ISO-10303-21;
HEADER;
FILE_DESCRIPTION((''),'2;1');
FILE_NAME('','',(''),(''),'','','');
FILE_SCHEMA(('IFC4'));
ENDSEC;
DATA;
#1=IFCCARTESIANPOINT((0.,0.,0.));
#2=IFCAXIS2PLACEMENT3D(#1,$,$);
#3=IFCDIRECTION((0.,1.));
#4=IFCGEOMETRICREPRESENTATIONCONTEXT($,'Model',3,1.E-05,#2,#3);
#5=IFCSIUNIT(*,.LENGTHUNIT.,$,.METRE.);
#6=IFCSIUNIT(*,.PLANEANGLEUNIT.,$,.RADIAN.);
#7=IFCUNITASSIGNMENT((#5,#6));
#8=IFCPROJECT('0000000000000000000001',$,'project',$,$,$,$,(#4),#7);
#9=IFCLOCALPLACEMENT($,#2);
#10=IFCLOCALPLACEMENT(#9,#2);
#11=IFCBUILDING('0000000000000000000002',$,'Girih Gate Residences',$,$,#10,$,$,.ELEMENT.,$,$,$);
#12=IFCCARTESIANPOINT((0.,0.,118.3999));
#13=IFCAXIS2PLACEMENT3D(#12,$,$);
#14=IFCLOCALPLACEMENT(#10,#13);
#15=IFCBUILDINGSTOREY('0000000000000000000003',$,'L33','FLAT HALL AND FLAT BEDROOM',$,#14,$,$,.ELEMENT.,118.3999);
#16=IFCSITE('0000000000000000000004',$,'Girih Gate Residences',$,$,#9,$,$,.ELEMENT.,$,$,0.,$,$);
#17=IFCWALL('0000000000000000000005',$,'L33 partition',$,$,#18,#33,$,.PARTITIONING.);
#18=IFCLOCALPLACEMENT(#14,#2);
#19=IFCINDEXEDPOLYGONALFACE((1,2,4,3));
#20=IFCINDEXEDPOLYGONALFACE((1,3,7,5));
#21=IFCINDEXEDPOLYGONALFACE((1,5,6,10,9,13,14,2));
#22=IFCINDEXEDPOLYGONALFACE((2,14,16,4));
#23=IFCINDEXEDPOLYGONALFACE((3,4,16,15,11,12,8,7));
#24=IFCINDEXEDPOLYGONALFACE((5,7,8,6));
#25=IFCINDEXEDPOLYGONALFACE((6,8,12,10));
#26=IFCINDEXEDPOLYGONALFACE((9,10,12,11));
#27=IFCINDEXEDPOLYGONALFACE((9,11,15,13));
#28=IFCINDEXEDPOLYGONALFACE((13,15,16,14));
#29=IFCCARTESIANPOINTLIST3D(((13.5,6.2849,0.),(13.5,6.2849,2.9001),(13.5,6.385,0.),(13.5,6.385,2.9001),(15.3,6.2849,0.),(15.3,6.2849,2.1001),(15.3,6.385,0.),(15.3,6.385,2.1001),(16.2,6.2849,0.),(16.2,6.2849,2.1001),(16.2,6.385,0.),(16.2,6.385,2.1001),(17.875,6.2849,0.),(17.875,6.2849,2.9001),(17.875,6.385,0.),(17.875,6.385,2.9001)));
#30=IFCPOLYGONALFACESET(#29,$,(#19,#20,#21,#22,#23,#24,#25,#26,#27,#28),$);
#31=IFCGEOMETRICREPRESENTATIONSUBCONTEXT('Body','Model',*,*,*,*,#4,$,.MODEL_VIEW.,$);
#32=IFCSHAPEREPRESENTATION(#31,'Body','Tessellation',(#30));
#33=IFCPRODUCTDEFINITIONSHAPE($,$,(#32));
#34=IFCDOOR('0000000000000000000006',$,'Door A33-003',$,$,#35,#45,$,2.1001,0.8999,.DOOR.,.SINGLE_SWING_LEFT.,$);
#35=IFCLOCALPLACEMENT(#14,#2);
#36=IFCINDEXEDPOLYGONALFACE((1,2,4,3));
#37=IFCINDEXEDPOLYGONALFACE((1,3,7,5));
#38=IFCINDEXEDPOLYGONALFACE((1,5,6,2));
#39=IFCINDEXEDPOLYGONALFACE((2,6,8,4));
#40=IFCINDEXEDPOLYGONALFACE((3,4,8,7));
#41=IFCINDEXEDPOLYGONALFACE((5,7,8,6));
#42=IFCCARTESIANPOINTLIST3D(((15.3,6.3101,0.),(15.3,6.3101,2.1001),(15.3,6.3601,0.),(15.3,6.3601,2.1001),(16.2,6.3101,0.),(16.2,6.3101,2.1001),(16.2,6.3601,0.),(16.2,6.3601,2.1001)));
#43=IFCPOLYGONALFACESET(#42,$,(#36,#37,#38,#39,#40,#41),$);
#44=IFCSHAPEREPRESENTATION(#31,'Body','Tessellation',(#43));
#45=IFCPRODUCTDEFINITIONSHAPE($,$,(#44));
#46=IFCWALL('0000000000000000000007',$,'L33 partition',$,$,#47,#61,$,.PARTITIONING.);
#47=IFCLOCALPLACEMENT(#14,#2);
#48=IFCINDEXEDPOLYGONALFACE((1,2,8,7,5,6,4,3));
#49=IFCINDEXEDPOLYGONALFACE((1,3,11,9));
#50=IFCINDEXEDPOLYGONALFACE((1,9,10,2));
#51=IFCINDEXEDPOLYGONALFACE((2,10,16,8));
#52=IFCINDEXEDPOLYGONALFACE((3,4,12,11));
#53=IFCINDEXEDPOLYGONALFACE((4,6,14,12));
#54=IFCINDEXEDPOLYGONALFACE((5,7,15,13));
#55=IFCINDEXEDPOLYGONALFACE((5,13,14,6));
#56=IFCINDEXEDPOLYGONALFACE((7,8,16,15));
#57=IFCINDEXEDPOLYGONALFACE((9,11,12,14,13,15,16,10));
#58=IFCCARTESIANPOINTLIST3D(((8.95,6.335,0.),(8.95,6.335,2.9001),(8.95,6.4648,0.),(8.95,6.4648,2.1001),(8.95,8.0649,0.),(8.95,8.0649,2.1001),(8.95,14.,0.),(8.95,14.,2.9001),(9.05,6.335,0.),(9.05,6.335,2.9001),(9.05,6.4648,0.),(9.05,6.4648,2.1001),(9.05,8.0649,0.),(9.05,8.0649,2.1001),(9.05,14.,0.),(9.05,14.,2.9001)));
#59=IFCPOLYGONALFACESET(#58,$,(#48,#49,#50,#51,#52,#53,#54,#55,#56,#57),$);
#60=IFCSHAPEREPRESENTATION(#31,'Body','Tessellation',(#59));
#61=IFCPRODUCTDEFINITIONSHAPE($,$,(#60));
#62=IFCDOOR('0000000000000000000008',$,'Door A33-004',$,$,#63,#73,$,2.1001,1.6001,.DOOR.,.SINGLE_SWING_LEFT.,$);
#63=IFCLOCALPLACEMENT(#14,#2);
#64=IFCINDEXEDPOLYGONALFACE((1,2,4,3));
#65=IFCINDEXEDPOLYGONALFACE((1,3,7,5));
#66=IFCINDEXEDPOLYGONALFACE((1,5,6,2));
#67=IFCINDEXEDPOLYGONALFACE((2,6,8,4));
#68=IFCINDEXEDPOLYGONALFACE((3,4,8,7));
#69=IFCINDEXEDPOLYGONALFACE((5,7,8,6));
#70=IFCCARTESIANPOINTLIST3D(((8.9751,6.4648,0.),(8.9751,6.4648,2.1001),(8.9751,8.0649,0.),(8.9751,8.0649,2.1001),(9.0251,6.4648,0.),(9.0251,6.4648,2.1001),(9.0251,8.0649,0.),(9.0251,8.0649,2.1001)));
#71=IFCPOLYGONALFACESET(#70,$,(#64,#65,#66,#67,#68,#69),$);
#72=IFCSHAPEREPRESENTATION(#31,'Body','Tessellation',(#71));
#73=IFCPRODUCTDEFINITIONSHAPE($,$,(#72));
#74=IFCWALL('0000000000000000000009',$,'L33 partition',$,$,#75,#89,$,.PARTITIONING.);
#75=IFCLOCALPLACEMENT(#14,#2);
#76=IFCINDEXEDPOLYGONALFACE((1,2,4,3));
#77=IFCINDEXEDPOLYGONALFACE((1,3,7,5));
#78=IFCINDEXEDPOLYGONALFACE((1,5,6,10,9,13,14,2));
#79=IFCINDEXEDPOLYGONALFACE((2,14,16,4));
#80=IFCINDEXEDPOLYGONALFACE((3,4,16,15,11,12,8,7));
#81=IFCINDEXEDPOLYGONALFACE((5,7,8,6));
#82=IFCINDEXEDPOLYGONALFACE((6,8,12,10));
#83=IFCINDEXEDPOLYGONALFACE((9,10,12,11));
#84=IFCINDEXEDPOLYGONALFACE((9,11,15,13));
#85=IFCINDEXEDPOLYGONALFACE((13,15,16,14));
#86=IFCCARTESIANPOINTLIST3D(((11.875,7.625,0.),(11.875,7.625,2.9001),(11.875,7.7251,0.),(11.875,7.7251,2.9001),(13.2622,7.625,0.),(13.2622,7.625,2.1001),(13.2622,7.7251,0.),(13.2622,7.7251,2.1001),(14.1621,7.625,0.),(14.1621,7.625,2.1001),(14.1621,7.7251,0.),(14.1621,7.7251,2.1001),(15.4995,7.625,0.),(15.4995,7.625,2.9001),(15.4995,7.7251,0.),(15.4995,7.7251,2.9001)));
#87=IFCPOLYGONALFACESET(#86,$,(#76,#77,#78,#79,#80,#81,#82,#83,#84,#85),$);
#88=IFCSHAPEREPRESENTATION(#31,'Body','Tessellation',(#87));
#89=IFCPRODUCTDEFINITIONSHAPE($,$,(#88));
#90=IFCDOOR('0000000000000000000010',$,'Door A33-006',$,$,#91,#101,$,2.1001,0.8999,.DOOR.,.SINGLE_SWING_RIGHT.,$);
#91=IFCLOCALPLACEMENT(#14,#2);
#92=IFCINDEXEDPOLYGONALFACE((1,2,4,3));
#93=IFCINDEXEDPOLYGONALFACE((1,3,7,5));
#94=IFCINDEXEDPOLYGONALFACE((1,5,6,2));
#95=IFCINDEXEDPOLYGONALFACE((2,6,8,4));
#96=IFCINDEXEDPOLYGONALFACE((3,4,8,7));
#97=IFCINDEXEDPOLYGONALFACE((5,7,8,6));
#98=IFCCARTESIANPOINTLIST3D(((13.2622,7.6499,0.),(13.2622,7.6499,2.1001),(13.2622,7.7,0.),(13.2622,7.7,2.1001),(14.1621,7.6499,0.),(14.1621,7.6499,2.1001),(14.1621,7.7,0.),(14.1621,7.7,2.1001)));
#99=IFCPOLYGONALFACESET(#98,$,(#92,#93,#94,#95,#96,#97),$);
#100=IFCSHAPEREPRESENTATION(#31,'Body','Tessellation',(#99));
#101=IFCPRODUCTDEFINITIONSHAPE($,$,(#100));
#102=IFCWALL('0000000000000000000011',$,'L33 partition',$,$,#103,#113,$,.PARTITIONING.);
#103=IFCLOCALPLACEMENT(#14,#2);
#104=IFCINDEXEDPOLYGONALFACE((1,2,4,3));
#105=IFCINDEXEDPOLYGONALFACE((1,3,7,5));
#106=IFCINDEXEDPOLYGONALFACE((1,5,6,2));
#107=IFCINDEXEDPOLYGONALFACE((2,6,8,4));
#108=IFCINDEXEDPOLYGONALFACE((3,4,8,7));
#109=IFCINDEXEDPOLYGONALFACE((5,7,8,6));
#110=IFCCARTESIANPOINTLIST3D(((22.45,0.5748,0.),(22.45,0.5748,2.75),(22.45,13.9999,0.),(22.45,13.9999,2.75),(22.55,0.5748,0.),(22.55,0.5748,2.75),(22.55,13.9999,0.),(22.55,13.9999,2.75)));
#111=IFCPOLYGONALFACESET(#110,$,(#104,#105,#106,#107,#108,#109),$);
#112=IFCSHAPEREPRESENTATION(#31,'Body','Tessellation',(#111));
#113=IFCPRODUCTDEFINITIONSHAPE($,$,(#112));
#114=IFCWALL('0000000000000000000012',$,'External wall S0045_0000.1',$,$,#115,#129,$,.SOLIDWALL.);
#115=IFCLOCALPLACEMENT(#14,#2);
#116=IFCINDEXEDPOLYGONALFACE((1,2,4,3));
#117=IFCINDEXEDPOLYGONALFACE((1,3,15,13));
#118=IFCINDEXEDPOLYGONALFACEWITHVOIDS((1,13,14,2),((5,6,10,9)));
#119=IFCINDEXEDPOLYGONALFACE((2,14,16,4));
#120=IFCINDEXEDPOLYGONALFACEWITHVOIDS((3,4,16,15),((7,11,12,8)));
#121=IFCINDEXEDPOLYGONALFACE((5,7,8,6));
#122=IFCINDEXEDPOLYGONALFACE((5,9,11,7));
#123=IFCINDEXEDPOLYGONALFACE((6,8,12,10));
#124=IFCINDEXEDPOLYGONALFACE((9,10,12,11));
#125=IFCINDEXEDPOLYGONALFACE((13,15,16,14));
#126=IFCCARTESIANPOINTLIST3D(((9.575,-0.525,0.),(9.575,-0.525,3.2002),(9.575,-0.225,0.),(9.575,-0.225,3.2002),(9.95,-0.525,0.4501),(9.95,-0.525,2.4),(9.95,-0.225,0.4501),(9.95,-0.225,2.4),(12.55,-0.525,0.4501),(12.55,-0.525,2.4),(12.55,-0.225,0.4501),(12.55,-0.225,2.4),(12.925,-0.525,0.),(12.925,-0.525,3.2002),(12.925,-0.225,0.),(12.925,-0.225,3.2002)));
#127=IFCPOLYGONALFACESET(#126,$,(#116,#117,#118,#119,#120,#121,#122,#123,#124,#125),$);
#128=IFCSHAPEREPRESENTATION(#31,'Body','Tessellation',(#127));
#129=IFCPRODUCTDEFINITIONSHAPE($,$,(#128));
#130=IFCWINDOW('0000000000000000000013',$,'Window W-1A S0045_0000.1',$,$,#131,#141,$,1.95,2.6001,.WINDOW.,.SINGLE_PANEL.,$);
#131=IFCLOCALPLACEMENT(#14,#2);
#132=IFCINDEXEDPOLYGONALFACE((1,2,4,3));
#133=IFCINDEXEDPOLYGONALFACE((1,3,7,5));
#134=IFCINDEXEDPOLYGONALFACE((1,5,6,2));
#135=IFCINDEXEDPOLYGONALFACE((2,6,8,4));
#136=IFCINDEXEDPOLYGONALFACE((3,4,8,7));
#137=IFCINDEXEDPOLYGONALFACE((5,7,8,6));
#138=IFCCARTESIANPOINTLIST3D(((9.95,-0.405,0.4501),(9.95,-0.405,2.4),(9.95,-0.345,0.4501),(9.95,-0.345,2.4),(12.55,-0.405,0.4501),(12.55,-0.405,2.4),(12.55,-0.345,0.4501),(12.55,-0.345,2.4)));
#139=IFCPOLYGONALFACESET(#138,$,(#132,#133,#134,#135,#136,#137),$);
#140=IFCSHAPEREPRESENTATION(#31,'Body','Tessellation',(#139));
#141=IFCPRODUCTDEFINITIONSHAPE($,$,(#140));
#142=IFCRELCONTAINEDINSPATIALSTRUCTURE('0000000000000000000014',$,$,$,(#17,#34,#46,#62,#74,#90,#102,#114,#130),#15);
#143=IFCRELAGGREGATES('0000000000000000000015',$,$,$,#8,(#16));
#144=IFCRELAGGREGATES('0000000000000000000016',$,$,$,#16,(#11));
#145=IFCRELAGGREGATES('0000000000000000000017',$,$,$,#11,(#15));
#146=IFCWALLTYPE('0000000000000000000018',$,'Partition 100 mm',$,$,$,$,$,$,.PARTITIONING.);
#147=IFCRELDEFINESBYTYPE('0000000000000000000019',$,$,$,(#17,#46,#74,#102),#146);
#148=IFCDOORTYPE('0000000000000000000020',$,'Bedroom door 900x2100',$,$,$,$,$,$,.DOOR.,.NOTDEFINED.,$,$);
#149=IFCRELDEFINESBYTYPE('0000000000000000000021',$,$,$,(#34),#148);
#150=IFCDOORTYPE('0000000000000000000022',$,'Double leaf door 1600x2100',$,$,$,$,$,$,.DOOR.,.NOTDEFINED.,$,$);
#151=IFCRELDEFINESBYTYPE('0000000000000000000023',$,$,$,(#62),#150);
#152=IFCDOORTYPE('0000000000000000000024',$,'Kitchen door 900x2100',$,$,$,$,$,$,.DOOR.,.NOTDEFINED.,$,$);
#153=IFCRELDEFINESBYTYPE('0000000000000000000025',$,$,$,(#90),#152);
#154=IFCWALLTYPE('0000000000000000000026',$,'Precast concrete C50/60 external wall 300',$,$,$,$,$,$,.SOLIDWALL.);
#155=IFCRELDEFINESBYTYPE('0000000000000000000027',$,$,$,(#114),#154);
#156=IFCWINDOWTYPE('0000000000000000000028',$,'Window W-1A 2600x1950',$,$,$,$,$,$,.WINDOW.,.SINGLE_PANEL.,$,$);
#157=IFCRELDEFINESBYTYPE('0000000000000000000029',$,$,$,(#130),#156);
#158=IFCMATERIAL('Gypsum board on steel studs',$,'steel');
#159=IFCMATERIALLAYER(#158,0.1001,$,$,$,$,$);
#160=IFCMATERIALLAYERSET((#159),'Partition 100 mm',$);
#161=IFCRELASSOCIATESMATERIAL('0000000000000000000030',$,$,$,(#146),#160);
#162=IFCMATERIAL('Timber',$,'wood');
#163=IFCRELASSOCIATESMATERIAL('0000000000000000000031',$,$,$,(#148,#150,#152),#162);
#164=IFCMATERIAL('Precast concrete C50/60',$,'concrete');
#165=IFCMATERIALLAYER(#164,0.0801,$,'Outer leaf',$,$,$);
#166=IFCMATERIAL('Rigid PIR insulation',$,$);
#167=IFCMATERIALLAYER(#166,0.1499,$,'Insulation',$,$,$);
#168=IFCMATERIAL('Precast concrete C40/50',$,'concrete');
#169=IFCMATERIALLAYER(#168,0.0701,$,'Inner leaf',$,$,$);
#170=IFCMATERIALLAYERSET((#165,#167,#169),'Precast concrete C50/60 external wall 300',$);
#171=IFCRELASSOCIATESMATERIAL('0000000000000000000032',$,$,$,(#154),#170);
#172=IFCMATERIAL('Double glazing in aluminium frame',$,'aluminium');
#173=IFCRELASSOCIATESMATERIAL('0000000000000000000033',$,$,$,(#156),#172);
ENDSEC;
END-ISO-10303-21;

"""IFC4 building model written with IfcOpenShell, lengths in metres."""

from ifc_helpers import new_model, si_unit, direction, frame, frame_2d, origin, place, context, subcontext, project, spatial, rectangle, extrude, material, layer, layer_set, type_object, element, fill, save


model = new_model("IFC4")

# Units and contexts
model_context = context("Model", 3, precision=1e-05, world=origin(), true_north=direction((0.0, 1.0)))
body_context = subcontext(model_context, "Body", "Model", "MODEL_VIEW")
ifc_project = project(units=[si_unit("LENGTHUNIT", "METRE"), si_unit("PLANEANGLEUNIT", "RADIAN")], contexts=[model_context])

# Site, building, storey
site_placement = place(None, origin())
site = spatial("IfcSite", under=ifc_project, at=site_placement, Name="Girih Gate Residences", CompositionType="ELEMENT", RefElevation=0.0)
building_placement = place(site_placement, origin())
building = spatial("IfcBuilding", under=site, at=building_placement, Name="Girih Gate Residences", CompositionType="ELEMENT")
storey_placement = place(building_placement, frame((0.0, 0.0, 118.3999)))
storey = spatial("IfcBuildingStorey", under=building, at=storey_placement, Name="L33", Description="FLAT HALL AND FLAT BEDROOM", CompositionType="ELEMENT", Elevation=118.3999)

# Shared definitions
ifc_material_1 = material(Name="Gypsum board on steel studs", Category="steel")
ifc_layer_1 = layer(ifc_material_1, 0.1001)
ifc_layer_set_1 = layer_set([ifc_layer_1], Name="Partition 100 mm")
wall_type_1 = type_object("IfcWallType", Name="Partition 100 mm", PredefinedType="PARTITIONING", material=ifc_layer_set_1)

# Shared definitions
ifc_material_2 = material(Name="Timber", Category="wood")
door_type_1 = type_object("IfcDoorType", Name="Bedroom door 900x2100", OperationType="NOTDEFINED", PredefinedType="DOOR", material=ifc_material_2)

# Walls, openings, doors
wall_1_placement = place(storey_placement, frame((17.875, 6.335, 0.0), z_axis=(0.0, 0.0, 1.0), x_axis=(-1.0, 0.0, 0.0)))
wall_1 = element("IfcWall", 1, at=wall_1_placement, inside=storey, type_object=wall_type_1, Name="L33 partition", PredefinedType="PARTITIONING", context=body_context, shape_type="SweptSolid", body=[
    extrude(rectangle(XDim=4.375, YDim=0.1001, at=frame_2d((2.1875, 0.0))), origin(), (0.0, 0.0, 1.0), 2.9001),
])
opening_1_placement = place(wall_1_placement, frame((1.675, 0.0, 0.0)))
opening_1 = element("IfcOpeningElement", 2, at=opening_1_placement, cuts=wall_1, PredefinedType="OPENING", context=body_context, shape_type="SweptSolid", body=[
    extrude(rectangle(XDim=0.8999, YDim=2.1001, at=frame_2d((0.45, 1.05))), frame((0.0, 0.0601, 0.0), z_axis=(0.0, -1.0, 0.0), x_axis=(1.0, 0.0, 0.0)), (0.0, 0.0, 1.0), 0.1201),
])
door_1_placement = place(opening_1_placement, origin())
door_1 = element("IfcDoor", 3, at=door_1_placement, inside=storey, type_object=door_type_1, Name="Door A33-003", OperationType="SINGLE_SWING_LEFT", OverallHeight=2.1001, OverallWidth=0.8999, PredefinedType="DOOR", context=body_context, shape_type="SweptSolid", body=[
    extrude(rectangle(XDim=0.8999, YDim=2.1001, at=frame_2d((0.45, 1.05))), frame((0.0, 0.0249, 0.0), z_axis=(0.0, -1.0, 0.0), x_axis=(1.0, 0.0, 0.0)), (0.0, 0.0, 1.0), 0.05),
])
fill(opening_1, door_1)
wall_2_placement = place(storey_placement, frame((9.0, 6.335, 0.0), z_axis=(0.0, 0.0, 1.0), x_axis=(0.0, 1.0, 0.0)))
wall_2 = element("IfcWall", 4, at=wall_2_placement, inside=storey, type_object=wall_type_1, Name="L33 partition", PredefinedType="PARTITIONING", context=body_context, shape_type="SweptSolid", body=[
    extrude(rectangle(XDim=7.665, YDim=0.1001, at=frame_2d((3.8325, 0.0))), origin(), (0.0, 0.0, 1.0), 2.9001),
])
opening_2_placement = place(wall_2_placement, frame((0.1299, 0.0, 0.0)))
opening_2 = element("IfcOpeningElement", 5, at=opening_2_placement, cuts=wall_2, PredefinedType="OPENING", context=body_context, shape_type="SweptSolid", body=[
    extrude(rectangle(XDim=1.6001, YDim=2.1001, at=frame_2d((0.8, 1.05))), frame((0.0, 0.0601, 0.0), z_axis=(0.0, -1.0, 0.0), x_axis=(1.0, 0.0, 0.0)), (0.0, 0.0, 1.0), 0.1201),
])
door_type_2 = type_object("IfcDoorType", Name="Double leaf door 1600x2100", OperationType="NOTDEFINED", PredefinedType="DOOR", material=ifc_material_2)
door_2_placement = place(opening_2_placement, origin())
door_2 = element("IfcDoor", 6, at=door_2_placement, inside=storey, type_object=door_type_2, Name="Door A33-004", OperationType="SINGLE_SWING_LEFT", OverallHeight=2.1001, OverallWidth=1.6001, PredefinedType="DOOR", context=body_context, shape_type="SweptSolid", body=[
    extrude(rectangle(XDim=1.6001, YDim=2.1001, at=frame_2d((0.8, 1.05))), frame((0.0, 0.0249, 0.0), z_axis=(0.0, -1.0, 0.0), x_axis=(1.0, 0.0, 0.0)), (0.0, 0.0, 1.0), 0.05),
])
fill(opening_2, door_2)
wall_3_placement = place(storey_placement, frame((11.875, 7.675, 0.0), z_axis=(0.0, 0.0, 1.0), x_axis=(1.0, 0.0, 0.0)))
wall_3 = element("IfcWall", 7, at=wall_3_placement, inside=storey, type_object=wall_type_1, Name="L33 partition", PredefinedType="PARTITIONING", context=body_context, shape_type="SweptSolid", body=[
    extrude(rectangle(XDim=3.6245, YDim=0.1001, at=frame_2d((1.8123, 0.0))), origin(), (0.0, 0.0, 1.0), 2.9001),
])
opening_3_placement = place(wall_3_placement, frame((1.3872, 0.0, 0.0)))
opening_3 = element("IfcOpeningElement", 8, at=opening_3_placement, cuts=wall_3, PredefinedType="OPENING", context=body_context, shape_type="SweptSolid", body=[
    extrude(rectangle(XDim=0.8999, YDim=2.1001, at=frame_2d((0.45, 1.05))), frame((0.0, 0.0601, 0.0), z_axis=(0.0, -1.0, 0.0), x_axis=(1.0, 0.0, 0.0)), (0.0, 0.0, 1.0), 0.1201),
])
door_type_3 = type_object("IfcDoorType", Name="Kitchen door 900x2100", OperationType="NOTDEFINED", PredefinedType="DOOR", material=ifc_material_2)
door_3_placement = place(opening_3_placement, origin())
door_3 = element("IfcDoor", 9, at=door_3_placement, inside=storey, type_object=door_type_3, Name="Door A33-006", OperationType="SINGLE_SWING_RIGHT", OverallHeight=2.1001, OverallWidth=0.8999, PredefinedType="DOOR", context=body_context, shape_type="SweptSolid", body=[
    extrude(rectangle(XDim=0.8999, YDim=2.1001, at=frame_2d((0.45, 1.05))), frame((0.0, 0.0249, 0.0), z_axis=(0.0, -1.0, 0.0), x_axis=(1.0, 0.0, 0.0)), (0.0, 0.0, 1.0), 0.05),
])
fill(opening_3, door_3)

# Wall
wall_4_placement = place(storey_placement, frame((22.5, 0.575, 0.0), z_axis=(0.0, 0.0, 1.0), x_axis=(0.0, 1.0, 0.0)))
element("IfcWall", 10, at=wall_4_placement, inside=storey, type_object=wall_type_1, Name="L33 partition", PredefinedType="PARTITIONING", context=body_context, shape_type="SweptSolid", body=[
    extrude(rectangle(XDim=13.425, YDim=0.1001, at=frame_2d((6.7124, 0.0))), origin(), (0.0, 0.0, 1.0), 2.75),
])

# Wall, opening, window
ifc_material_3 = material(Name="Precast concrete C50/60", Category="concrete")
ifc_layer_2 = layer(ifc_material_3, 0.0801, Name="Outer leaf")
ifc_material_4 = material(Name="Rigid PIR insulation")
ifc_layer_3 = layer(ifc_material_4, 0.1499, Name="Insulation")
ifc_material_5 = material(Name="Precast concrete C40/50", Category="concrete")
ifc_layer_4 = layer(ifc_material_5, 0.0701, Name="Inner leaf")
ifc_layer_set_2 = layer_set([ifc_layer_2, ifc_layer_3, ifc_layer_4], Name="Precast concrete C50/60 external wall 300")
wall_type_2 = type_object("IfcWallType", Name="Precast concrete C50/60 external wall 300", PredefinedType="SOLIDWALL", material=ifc_layer_set_2)
wall_5_placement = place(storey_placement, frame((12.925, -0.375, 0.0), z_axis=(0.0, 0.0, 1.0), x_axis=(-1.0, 0.0, 0.0)))
wall_5 = element("IfcWall", 11, at=wall_5_placement, inside=storey, type_object=wall_type_2, Name="External wall S0045_0000.1", PredefinedType="SOLIDWALL", context=body_context, shape_type="SweptSolid", body=[
    extrude(rectangle(XDim=3.3501, YDim=0.3, at=frame_2d((1.675, 0.0))), origin(), (0.0, 0.0, 1.0), 3.2002),
])
opening_4_placement = place(wall_5_placement, frame((0.375, 0.0, 0.45)))
opening_4 = element("IfcOpeningElement", 12, at=opening_4_placement, cuts=wall_5, PredefinedType="OPENING", context=body_context, shape_type="SweptSolid", body=[
    extrude(rectangle(XDim=2.6001, YDim=1.95, at=frame_2d((1.3, 0.9751))), frame((0.0, 0.1599, 0.0), z_axis=(0.0, -1.0, 0.0), x_axis=(1.0, 0.0, 0.0)), (0.0, 0.0, 1.0), 0.3201),
])
ifc_material_6 = material(Name="Double glazing in aluminium frame", Category="aluminium")
window_type = type_object("IfcWindowType", Name="Window W-1A 2600x1950", PartitioningType="SINGLE_PANEL", PredefinedType="WINDOW", material=ifc_material_6)
window_1_placement = place(opening_4_placement, origin())
window_1 = element("IfcWindow", 13, at=window_1_placement, inside=storey, type_object=window_type, Name="Window W-1A S0045_0000.1", OverallHeight=1.95, OverallWidth=2.6001, PartitioningType="SINGLE_PANEL", PredefinedType="WINDOW", context=body_context, shape_type="SweptSolid", body=[
    extrude(rectangle(XDim=2.6001, YDim=1.95, at=frame_2d((1.3, 0.9751))), frame((0.0, 0.03, 0.0), z_axis=(0.0, -1.0, 0.0), x_axis=(1.0, 0.0, 0.0)), (0.0, 0.0, 1.0), 0.0601),
])
fill(opening_4, window_1)

save(model, "model.ifc")
